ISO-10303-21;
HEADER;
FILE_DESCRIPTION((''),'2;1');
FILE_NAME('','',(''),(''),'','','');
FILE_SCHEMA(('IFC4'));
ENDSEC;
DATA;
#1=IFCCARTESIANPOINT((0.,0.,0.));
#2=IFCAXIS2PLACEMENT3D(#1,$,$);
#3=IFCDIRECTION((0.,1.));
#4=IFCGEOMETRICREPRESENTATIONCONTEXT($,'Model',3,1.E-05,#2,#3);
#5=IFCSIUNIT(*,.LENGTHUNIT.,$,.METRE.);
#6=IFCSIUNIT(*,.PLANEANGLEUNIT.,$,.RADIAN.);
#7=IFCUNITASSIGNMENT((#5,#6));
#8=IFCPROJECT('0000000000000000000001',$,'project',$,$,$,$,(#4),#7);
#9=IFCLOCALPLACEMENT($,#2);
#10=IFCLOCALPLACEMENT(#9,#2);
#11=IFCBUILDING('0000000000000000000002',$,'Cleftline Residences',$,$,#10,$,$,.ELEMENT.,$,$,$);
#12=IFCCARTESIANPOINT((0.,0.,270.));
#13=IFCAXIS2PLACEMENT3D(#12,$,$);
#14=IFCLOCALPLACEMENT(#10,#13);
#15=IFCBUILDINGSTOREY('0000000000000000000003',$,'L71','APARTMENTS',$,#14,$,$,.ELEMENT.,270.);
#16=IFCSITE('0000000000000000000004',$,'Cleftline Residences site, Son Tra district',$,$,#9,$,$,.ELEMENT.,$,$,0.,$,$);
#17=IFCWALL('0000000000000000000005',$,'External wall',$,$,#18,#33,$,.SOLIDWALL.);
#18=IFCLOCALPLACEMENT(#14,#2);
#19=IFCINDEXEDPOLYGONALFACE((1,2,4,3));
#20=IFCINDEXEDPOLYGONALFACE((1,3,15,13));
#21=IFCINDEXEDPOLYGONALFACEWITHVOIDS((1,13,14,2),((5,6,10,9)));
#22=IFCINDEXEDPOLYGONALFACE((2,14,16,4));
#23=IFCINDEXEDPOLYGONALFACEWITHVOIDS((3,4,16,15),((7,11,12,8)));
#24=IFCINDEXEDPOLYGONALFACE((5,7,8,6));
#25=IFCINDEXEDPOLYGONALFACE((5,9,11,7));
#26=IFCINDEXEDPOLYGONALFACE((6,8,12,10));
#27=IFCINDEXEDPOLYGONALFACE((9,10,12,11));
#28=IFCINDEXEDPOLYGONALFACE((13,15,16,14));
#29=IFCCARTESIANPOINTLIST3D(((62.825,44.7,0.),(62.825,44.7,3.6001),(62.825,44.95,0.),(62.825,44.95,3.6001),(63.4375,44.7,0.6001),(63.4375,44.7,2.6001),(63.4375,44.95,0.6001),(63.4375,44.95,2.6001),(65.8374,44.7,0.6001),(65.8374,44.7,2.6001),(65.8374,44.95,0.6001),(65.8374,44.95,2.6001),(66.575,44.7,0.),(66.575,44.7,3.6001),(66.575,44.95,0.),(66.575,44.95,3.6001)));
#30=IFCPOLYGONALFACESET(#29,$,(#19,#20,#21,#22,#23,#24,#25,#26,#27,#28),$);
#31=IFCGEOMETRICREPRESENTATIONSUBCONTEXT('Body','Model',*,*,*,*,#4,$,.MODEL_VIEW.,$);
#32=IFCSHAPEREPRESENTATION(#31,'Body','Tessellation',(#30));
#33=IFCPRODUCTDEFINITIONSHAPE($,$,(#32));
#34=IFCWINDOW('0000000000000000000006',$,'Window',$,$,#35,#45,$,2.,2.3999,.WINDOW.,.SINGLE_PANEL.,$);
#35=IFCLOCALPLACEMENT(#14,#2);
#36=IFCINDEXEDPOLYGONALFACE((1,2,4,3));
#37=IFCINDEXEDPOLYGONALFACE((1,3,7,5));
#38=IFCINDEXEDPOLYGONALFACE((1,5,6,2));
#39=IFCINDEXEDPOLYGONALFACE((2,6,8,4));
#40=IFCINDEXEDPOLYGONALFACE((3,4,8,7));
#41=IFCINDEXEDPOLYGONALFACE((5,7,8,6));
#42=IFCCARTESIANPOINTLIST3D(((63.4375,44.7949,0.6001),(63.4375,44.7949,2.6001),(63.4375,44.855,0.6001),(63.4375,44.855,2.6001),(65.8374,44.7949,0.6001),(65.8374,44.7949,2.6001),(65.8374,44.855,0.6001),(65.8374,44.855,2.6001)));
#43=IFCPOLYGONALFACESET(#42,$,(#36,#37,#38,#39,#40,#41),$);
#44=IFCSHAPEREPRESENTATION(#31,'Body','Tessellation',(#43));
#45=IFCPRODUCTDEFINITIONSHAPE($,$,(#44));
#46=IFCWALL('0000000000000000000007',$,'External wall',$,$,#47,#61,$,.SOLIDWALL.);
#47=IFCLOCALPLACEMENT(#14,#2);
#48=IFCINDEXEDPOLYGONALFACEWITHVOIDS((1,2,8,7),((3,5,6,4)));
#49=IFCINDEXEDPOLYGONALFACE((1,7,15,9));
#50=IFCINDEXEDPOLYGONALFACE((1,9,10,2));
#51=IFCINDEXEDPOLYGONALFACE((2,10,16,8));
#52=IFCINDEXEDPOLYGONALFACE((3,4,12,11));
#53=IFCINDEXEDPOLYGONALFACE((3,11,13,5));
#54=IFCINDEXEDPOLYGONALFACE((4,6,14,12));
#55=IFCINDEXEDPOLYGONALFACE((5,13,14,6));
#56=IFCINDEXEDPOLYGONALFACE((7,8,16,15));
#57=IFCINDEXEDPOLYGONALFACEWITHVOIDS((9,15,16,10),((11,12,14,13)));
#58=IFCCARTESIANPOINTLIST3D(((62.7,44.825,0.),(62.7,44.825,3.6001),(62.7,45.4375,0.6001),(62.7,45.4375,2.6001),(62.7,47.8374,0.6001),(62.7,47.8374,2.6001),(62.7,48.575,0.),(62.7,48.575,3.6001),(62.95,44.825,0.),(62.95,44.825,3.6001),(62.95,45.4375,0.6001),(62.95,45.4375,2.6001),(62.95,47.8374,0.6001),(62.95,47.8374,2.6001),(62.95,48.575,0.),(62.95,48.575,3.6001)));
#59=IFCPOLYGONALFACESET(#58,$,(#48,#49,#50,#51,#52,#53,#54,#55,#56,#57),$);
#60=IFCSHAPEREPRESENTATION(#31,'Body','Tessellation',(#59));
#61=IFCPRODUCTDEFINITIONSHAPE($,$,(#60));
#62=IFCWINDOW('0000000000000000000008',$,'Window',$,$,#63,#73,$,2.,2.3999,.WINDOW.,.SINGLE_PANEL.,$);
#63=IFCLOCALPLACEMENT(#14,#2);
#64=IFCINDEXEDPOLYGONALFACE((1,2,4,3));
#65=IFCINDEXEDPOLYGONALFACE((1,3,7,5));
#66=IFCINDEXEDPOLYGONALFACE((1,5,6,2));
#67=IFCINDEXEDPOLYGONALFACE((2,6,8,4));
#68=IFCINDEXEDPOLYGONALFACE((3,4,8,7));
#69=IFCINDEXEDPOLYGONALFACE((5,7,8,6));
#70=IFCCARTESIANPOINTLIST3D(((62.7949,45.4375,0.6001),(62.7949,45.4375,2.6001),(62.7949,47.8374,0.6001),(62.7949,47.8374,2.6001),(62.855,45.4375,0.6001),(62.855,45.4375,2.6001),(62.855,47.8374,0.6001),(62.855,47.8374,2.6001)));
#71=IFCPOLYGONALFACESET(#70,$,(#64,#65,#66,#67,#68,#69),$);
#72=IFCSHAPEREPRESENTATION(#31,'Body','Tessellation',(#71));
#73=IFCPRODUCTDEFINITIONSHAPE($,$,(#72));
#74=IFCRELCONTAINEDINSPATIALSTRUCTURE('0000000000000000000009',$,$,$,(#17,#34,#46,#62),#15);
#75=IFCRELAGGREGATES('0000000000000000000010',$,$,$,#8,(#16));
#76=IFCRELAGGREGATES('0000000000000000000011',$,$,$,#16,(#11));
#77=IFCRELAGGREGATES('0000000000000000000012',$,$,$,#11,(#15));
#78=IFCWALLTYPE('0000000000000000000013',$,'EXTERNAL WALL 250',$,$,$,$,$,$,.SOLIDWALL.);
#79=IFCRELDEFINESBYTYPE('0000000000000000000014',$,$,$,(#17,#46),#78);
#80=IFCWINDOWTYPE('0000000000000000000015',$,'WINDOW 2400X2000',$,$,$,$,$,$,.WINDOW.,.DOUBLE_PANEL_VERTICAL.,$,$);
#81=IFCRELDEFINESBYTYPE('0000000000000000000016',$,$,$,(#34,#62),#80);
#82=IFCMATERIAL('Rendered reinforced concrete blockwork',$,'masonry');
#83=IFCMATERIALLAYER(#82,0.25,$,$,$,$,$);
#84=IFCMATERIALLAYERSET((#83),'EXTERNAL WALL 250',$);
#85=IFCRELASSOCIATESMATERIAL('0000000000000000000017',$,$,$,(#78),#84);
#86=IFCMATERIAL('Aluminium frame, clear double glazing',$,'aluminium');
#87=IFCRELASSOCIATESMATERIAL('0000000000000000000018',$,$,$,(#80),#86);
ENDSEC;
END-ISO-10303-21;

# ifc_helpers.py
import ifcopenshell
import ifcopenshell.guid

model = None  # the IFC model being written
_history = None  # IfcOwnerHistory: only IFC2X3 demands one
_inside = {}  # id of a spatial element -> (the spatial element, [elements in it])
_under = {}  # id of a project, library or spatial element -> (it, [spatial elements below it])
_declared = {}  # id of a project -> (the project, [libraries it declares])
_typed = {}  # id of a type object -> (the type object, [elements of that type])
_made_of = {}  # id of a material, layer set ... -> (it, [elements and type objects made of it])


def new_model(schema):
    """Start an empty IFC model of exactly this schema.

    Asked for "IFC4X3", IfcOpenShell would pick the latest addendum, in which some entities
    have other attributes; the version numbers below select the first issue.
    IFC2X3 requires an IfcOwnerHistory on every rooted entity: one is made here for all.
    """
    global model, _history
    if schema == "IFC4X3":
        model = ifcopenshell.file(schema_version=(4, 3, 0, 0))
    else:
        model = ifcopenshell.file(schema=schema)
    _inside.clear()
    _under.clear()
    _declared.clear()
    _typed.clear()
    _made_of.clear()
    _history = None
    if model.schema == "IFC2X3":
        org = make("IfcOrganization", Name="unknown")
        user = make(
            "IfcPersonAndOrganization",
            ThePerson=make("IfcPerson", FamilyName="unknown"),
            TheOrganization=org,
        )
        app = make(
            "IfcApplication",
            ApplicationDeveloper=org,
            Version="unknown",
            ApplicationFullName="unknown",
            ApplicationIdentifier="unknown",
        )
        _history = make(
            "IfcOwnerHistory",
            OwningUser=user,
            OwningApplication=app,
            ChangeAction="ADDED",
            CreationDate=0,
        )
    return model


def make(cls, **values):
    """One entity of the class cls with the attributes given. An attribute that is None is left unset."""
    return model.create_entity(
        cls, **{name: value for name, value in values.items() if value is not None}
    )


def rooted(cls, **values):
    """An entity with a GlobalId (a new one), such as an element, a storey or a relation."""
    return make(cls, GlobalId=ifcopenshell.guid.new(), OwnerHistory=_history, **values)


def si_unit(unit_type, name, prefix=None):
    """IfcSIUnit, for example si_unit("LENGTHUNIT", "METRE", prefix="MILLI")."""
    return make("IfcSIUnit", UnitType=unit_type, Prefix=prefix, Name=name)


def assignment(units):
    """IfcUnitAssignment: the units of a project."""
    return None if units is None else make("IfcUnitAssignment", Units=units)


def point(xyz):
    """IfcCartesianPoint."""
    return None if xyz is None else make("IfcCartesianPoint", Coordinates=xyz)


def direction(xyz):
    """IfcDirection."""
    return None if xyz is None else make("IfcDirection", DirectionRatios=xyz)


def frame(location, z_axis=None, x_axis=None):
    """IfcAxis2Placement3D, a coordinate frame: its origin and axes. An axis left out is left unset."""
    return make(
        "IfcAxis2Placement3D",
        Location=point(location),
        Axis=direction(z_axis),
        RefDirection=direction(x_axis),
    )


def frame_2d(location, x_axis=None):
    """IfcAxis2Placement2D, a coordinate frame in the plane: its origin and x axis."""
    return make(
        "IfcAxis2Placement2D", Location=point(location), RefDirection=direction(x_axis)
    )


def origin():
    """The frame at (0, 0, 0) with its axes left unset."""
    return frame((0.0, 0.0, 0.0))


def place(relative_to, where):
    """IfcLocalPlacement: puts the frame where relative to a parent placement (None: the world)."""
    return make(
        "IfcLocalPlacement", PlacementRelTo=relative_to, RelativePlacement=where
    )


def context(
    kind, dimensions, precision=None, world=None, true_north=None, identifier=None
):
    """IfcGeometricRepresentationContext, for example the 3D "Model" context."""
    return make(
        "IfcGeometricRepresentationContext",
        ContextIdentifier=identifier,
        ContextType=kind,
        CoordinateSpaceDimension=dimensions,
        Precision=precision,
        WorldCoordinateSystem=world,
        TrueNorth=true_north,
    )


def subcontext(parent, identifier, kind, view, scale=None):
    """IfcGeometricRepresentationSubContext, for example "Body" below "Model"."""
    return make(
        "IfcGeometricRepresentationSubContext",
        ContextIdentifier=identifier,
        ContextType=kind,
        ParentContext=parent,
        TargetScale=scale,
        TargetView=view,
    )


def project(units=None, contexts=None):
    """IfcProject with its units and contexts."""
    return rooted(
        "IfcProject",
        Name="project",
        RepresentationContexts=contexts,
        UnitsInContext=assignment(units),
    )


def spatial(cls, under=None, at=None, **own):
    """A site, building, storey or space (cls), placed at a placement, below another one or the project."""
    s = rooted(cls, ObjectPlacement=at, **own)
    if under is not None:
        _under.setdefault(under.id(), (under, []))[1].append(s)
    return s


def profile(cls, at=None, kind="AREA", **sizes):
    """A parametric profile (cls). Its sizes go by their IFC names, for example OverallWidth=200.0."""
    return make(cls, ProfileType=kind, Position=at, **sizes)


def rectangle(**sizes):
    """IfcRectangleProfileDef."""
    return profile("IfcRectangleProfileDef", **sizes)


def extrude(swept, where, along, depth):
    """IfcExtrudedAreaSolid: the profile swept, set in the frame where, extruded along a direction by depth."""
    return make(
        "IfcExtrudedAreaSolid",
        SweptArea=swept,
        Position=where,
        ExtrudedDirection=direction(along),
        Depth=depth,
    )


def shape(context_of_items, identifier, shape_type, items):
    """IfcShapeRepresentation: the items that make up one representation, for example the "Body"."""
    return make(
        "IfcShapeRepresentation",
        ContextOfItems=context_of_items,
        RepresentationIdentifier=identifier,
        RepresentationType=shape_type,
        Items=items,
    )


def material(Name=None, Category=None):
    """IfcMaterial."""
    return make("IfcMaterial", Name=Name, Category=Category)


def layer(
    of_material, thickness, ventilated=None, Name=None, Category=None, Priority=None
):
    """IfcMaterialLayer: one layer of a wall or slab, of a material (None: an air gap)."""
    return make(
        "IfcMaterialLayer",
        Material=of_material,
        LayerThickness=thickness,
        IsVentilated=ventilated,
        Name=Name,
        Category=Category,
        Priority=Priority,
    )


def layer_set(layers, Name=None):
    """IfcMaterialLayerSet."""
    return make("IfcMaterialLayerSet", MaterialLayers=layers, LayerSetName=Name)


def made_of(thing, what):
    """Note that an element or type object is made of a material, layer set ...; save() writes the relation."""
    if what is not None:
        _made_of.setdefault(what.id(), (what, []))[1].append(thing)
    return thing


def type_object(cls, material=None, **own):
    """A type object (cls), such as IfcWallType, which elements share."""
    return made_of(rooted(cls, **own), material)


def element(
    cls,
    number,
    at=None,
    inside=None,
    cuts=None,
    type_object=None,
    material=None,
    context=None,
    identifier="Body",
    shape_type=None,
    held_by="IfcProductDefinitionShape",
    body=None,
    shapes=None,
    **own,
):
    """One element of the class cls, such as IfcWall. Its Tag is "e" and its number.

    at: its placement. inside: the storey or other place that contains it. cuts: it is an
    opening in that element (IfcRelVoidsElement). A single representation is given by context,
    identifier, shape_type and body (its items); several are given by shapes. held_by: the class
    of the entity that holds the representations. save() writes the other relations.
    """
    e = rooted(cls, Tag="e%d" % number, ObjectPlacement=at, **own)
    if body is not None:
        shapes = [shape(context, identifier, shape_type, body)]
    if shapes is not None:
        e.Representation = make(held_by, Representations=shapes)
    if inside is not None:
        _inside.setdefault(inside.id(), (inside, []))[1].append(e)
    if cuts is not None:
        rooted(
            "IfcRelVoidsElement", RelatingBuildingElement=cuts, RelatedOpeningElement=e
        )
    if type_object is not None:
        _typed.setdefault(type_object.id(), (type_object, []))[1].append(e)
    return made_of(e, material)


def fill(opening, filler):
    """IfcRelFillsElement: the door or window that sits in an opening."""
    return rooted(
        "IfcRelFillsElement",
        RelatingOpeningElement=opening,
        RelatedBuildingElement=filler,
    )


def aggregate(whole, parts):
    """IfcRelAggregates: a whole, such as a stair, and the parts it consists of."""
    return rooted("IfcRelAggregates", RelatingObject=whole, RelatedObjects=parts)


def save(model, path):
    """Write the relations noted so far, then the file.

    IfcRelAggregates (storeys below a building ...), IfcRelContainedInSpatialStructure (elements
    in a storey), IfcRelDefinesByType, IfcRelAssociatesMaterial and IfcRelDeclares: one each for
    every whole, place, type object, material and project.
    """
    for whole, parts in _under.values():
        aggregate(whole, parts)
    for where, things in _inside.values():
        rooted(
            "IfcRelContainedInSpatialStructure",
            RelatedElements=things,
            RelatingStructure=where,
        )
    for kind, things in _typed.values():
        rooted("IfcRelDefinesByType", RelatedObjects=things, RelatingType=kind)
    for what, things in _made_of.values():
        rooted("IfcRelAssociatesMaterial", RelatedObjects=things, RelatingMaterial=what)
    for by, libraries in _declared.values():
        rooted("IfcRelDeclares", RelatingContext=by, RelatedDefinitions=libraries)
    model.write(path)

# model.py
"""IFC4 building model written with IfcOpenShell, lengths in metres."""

from ifc_helpers import new_model, si_unit, direction, frame, frame_2d, origin, place, context, subcontext, project, spatial, rectangle, extrude, material, layer, layer_set, type_object, element, fill, save


model = new_model("IFC4")

# Units and contexts
model_context = context("Model", 3, precision=1e-05, world=origin(), true_north=direction((0.0, 1.0)))
body_context = subcontext(model_context, "Body", "Model", "MODEL_VIEW")
ifc_project = project(units=[si_unit("LENGTHUNIT", "METRE"), si_unit("PLANEANGLEUNIT", "RADIAN")], contexts=[model_context])

# Site, building, storey
site_placement = place(None, origin())
site = spatial("IfcSite", under=ifc_project, at=site_placement, Name="Cleftline Residences site, Son Tra district", CompositionType="ELEMENT", RefElevation=0.0)
building_placement = place(site_placement, origin())
building = spatial("IfcBuilding", under=site, at=building_placement, Name="Cleftline Residences", CompositionType="ELEMENT")
storey_placement = place(building_placement, frame((0.0, 0.0, 270.0)))
storey = spatial("IfcBuildingStorey", under=building, at=storey_placement, Name="L71", Description="APARTMENTS", CompositionType="ELEMENT", Elevation=270.0)

# Walls, openings, windows
ifc_material_1 = material(Name="Rendered reinforced concrete blockwork", Category="masonry")
ifc_layer_1 = layer(ifc_material_1, 0.25)
ifc_layer_set_1 = layer_set([ifc_layer_1], Name="EXTERNAL WALL 250")
wall_type = type_object("IfcWallType", Name="EXTERNAL WALL 250", PredefinedType="SOLIDWALL", material=ifc_layer_set_1)
wall_1_placement = place(storey_placement, frame((66.575, 44.825, 0.0), z_axis=(0.0, 0.0, 1.0), x_axis=(-1.0, 0.0, 0.0)))
wall_1 = element("IfcWall", 1, at=wall_1_placement, inside=storey, type_object=wall_type, Name="External wall", PredefinedType="SOLIDWALL", context=body_context, shape_type="SweptSolid", body=[
    extrude(rectangle(XDim=3.75, YDim=0.25, at=frame_2d((1.875, 0.0))), origin(), (0.0, 0.0, 1.0), 3.6001),
])
opening_1_placement = place(wall_1_placement, frame((0.7375, 0.0, 0.6001)))
opening_1 = element("IfcOpeningElement", 2, at=opening_1_placement, cuts=wall_1, PredefinedType="OPENING", context=body_context, shape_type="SweptSolid", body=[
    extrude(rectangle(XDim=2.3999, YDim=2.0, at=frame_2d((1.2, 1.0))), frame((0.0, 0.135, 0.0), z_axis=(0.0, -1.0, 0.0), x_axis=(1.0, 0.0, 0.0)), (0.0, 0.0, 1.0), 0.27),
])
ifc_material_2 = material(Name="Aluminium frame, clear double glazing", Category="aluminium")
window_type_1 = type_object("IfcWindowType", Name="WINDOW 2400X2000", PartitioningType="DOUBLE_PANEL_VERTICAL", PredefinedType="WINDOW", material=ifc_material_2)
window_1_placement = place(opening_1_placement, origin())
window_1 = element("IfcWindow", 3, at=window_1_placement, inside=storey, type_object=window_type_1, Name="Window", OverallHeight=2.0, OverallWidth=2.3999, PartitioningType="SINGLE_PANEL", PredefinedType="WINDOW", context=body_context, shape_type="SweptSolid", body=[
    extrude(rectangle(XDim=2.3999, YDim=2.0, at=frame_2d((1.2, 1.0))), frame((0.0, 0.03, 0.0), z_axis=(0.0, -1.0, 0.0), x_axis=(1.0, 0.0, 0.0)), (0.0, 0.0, 1.0), 0.0601),
])
fill(opening_1, window_1)
wall_2_placement = place(storey_placement, frame((62.825, 44.825, 0.0), z_axis=(0.0, 0.0, 1.0), x_axis=(0.0, 1.0, 0.0)))
wall_2 = element("IfcWall", 4, at=wall_2_placement, inside=storey, type_object=wall_type, Name="External wall", PredefinedType="SOLIDWALL", context=body_context, shape_type="SweptSolid", body=[
    extrude(rectangle(XDim=3.75, YDim=0.25, at=frame_2d((1.875, 0.0))), origin(), (0.0, 0.0, 1.0), 3.6001),
])
opening_2_placement = place(wall_2_placement, frame((0.6125, 0.0, 0.6001)))
opening_2 = element("IfcOpeningElement", 5, at=opening_2_placement, cuts=wall_2, PredefinedType="OPENING", context=body_context, shape_type="SweptSolid", body=[
    extrude(rectangle(XDim=2.3999, YDim=2.0, at=frame_2d((1.2, 1.0))), frame((0.0, 0.135, 0.0), z_axis=(0.0, -1.0, 0.0), x_axis=(1.0, 0.0, 0.0)), (0.0, 0.0, 1.0), 0.27),
])
window_2_placement = place(opening_2_placement, origin())
window_2 = element("IfcWindow", 6, at=window_2_placement, inside=storey, type_object=window_type_1, Name="Window", OverallHeight=2.0, OverallWidth=2.3999, PartitioningType="SINGLE_PANEL", PredefinedType="WINDOW", context=body_context, shape_type="SweptSolid", body=[
    extrude(rectangle(XDim=2.3999, YDim=2.0, at=frame_2d((1.2, 1.0))), frame((0.0, 0.03, 0.0), z_axis=(0.0, -1.0, 0.0), x_axis=(1.0, 0.0, 0.0)), (0.0, 0.0, 1.0), 0.0601),
])
fill(opening_2, window_2)

save(model, "model.ifc")
